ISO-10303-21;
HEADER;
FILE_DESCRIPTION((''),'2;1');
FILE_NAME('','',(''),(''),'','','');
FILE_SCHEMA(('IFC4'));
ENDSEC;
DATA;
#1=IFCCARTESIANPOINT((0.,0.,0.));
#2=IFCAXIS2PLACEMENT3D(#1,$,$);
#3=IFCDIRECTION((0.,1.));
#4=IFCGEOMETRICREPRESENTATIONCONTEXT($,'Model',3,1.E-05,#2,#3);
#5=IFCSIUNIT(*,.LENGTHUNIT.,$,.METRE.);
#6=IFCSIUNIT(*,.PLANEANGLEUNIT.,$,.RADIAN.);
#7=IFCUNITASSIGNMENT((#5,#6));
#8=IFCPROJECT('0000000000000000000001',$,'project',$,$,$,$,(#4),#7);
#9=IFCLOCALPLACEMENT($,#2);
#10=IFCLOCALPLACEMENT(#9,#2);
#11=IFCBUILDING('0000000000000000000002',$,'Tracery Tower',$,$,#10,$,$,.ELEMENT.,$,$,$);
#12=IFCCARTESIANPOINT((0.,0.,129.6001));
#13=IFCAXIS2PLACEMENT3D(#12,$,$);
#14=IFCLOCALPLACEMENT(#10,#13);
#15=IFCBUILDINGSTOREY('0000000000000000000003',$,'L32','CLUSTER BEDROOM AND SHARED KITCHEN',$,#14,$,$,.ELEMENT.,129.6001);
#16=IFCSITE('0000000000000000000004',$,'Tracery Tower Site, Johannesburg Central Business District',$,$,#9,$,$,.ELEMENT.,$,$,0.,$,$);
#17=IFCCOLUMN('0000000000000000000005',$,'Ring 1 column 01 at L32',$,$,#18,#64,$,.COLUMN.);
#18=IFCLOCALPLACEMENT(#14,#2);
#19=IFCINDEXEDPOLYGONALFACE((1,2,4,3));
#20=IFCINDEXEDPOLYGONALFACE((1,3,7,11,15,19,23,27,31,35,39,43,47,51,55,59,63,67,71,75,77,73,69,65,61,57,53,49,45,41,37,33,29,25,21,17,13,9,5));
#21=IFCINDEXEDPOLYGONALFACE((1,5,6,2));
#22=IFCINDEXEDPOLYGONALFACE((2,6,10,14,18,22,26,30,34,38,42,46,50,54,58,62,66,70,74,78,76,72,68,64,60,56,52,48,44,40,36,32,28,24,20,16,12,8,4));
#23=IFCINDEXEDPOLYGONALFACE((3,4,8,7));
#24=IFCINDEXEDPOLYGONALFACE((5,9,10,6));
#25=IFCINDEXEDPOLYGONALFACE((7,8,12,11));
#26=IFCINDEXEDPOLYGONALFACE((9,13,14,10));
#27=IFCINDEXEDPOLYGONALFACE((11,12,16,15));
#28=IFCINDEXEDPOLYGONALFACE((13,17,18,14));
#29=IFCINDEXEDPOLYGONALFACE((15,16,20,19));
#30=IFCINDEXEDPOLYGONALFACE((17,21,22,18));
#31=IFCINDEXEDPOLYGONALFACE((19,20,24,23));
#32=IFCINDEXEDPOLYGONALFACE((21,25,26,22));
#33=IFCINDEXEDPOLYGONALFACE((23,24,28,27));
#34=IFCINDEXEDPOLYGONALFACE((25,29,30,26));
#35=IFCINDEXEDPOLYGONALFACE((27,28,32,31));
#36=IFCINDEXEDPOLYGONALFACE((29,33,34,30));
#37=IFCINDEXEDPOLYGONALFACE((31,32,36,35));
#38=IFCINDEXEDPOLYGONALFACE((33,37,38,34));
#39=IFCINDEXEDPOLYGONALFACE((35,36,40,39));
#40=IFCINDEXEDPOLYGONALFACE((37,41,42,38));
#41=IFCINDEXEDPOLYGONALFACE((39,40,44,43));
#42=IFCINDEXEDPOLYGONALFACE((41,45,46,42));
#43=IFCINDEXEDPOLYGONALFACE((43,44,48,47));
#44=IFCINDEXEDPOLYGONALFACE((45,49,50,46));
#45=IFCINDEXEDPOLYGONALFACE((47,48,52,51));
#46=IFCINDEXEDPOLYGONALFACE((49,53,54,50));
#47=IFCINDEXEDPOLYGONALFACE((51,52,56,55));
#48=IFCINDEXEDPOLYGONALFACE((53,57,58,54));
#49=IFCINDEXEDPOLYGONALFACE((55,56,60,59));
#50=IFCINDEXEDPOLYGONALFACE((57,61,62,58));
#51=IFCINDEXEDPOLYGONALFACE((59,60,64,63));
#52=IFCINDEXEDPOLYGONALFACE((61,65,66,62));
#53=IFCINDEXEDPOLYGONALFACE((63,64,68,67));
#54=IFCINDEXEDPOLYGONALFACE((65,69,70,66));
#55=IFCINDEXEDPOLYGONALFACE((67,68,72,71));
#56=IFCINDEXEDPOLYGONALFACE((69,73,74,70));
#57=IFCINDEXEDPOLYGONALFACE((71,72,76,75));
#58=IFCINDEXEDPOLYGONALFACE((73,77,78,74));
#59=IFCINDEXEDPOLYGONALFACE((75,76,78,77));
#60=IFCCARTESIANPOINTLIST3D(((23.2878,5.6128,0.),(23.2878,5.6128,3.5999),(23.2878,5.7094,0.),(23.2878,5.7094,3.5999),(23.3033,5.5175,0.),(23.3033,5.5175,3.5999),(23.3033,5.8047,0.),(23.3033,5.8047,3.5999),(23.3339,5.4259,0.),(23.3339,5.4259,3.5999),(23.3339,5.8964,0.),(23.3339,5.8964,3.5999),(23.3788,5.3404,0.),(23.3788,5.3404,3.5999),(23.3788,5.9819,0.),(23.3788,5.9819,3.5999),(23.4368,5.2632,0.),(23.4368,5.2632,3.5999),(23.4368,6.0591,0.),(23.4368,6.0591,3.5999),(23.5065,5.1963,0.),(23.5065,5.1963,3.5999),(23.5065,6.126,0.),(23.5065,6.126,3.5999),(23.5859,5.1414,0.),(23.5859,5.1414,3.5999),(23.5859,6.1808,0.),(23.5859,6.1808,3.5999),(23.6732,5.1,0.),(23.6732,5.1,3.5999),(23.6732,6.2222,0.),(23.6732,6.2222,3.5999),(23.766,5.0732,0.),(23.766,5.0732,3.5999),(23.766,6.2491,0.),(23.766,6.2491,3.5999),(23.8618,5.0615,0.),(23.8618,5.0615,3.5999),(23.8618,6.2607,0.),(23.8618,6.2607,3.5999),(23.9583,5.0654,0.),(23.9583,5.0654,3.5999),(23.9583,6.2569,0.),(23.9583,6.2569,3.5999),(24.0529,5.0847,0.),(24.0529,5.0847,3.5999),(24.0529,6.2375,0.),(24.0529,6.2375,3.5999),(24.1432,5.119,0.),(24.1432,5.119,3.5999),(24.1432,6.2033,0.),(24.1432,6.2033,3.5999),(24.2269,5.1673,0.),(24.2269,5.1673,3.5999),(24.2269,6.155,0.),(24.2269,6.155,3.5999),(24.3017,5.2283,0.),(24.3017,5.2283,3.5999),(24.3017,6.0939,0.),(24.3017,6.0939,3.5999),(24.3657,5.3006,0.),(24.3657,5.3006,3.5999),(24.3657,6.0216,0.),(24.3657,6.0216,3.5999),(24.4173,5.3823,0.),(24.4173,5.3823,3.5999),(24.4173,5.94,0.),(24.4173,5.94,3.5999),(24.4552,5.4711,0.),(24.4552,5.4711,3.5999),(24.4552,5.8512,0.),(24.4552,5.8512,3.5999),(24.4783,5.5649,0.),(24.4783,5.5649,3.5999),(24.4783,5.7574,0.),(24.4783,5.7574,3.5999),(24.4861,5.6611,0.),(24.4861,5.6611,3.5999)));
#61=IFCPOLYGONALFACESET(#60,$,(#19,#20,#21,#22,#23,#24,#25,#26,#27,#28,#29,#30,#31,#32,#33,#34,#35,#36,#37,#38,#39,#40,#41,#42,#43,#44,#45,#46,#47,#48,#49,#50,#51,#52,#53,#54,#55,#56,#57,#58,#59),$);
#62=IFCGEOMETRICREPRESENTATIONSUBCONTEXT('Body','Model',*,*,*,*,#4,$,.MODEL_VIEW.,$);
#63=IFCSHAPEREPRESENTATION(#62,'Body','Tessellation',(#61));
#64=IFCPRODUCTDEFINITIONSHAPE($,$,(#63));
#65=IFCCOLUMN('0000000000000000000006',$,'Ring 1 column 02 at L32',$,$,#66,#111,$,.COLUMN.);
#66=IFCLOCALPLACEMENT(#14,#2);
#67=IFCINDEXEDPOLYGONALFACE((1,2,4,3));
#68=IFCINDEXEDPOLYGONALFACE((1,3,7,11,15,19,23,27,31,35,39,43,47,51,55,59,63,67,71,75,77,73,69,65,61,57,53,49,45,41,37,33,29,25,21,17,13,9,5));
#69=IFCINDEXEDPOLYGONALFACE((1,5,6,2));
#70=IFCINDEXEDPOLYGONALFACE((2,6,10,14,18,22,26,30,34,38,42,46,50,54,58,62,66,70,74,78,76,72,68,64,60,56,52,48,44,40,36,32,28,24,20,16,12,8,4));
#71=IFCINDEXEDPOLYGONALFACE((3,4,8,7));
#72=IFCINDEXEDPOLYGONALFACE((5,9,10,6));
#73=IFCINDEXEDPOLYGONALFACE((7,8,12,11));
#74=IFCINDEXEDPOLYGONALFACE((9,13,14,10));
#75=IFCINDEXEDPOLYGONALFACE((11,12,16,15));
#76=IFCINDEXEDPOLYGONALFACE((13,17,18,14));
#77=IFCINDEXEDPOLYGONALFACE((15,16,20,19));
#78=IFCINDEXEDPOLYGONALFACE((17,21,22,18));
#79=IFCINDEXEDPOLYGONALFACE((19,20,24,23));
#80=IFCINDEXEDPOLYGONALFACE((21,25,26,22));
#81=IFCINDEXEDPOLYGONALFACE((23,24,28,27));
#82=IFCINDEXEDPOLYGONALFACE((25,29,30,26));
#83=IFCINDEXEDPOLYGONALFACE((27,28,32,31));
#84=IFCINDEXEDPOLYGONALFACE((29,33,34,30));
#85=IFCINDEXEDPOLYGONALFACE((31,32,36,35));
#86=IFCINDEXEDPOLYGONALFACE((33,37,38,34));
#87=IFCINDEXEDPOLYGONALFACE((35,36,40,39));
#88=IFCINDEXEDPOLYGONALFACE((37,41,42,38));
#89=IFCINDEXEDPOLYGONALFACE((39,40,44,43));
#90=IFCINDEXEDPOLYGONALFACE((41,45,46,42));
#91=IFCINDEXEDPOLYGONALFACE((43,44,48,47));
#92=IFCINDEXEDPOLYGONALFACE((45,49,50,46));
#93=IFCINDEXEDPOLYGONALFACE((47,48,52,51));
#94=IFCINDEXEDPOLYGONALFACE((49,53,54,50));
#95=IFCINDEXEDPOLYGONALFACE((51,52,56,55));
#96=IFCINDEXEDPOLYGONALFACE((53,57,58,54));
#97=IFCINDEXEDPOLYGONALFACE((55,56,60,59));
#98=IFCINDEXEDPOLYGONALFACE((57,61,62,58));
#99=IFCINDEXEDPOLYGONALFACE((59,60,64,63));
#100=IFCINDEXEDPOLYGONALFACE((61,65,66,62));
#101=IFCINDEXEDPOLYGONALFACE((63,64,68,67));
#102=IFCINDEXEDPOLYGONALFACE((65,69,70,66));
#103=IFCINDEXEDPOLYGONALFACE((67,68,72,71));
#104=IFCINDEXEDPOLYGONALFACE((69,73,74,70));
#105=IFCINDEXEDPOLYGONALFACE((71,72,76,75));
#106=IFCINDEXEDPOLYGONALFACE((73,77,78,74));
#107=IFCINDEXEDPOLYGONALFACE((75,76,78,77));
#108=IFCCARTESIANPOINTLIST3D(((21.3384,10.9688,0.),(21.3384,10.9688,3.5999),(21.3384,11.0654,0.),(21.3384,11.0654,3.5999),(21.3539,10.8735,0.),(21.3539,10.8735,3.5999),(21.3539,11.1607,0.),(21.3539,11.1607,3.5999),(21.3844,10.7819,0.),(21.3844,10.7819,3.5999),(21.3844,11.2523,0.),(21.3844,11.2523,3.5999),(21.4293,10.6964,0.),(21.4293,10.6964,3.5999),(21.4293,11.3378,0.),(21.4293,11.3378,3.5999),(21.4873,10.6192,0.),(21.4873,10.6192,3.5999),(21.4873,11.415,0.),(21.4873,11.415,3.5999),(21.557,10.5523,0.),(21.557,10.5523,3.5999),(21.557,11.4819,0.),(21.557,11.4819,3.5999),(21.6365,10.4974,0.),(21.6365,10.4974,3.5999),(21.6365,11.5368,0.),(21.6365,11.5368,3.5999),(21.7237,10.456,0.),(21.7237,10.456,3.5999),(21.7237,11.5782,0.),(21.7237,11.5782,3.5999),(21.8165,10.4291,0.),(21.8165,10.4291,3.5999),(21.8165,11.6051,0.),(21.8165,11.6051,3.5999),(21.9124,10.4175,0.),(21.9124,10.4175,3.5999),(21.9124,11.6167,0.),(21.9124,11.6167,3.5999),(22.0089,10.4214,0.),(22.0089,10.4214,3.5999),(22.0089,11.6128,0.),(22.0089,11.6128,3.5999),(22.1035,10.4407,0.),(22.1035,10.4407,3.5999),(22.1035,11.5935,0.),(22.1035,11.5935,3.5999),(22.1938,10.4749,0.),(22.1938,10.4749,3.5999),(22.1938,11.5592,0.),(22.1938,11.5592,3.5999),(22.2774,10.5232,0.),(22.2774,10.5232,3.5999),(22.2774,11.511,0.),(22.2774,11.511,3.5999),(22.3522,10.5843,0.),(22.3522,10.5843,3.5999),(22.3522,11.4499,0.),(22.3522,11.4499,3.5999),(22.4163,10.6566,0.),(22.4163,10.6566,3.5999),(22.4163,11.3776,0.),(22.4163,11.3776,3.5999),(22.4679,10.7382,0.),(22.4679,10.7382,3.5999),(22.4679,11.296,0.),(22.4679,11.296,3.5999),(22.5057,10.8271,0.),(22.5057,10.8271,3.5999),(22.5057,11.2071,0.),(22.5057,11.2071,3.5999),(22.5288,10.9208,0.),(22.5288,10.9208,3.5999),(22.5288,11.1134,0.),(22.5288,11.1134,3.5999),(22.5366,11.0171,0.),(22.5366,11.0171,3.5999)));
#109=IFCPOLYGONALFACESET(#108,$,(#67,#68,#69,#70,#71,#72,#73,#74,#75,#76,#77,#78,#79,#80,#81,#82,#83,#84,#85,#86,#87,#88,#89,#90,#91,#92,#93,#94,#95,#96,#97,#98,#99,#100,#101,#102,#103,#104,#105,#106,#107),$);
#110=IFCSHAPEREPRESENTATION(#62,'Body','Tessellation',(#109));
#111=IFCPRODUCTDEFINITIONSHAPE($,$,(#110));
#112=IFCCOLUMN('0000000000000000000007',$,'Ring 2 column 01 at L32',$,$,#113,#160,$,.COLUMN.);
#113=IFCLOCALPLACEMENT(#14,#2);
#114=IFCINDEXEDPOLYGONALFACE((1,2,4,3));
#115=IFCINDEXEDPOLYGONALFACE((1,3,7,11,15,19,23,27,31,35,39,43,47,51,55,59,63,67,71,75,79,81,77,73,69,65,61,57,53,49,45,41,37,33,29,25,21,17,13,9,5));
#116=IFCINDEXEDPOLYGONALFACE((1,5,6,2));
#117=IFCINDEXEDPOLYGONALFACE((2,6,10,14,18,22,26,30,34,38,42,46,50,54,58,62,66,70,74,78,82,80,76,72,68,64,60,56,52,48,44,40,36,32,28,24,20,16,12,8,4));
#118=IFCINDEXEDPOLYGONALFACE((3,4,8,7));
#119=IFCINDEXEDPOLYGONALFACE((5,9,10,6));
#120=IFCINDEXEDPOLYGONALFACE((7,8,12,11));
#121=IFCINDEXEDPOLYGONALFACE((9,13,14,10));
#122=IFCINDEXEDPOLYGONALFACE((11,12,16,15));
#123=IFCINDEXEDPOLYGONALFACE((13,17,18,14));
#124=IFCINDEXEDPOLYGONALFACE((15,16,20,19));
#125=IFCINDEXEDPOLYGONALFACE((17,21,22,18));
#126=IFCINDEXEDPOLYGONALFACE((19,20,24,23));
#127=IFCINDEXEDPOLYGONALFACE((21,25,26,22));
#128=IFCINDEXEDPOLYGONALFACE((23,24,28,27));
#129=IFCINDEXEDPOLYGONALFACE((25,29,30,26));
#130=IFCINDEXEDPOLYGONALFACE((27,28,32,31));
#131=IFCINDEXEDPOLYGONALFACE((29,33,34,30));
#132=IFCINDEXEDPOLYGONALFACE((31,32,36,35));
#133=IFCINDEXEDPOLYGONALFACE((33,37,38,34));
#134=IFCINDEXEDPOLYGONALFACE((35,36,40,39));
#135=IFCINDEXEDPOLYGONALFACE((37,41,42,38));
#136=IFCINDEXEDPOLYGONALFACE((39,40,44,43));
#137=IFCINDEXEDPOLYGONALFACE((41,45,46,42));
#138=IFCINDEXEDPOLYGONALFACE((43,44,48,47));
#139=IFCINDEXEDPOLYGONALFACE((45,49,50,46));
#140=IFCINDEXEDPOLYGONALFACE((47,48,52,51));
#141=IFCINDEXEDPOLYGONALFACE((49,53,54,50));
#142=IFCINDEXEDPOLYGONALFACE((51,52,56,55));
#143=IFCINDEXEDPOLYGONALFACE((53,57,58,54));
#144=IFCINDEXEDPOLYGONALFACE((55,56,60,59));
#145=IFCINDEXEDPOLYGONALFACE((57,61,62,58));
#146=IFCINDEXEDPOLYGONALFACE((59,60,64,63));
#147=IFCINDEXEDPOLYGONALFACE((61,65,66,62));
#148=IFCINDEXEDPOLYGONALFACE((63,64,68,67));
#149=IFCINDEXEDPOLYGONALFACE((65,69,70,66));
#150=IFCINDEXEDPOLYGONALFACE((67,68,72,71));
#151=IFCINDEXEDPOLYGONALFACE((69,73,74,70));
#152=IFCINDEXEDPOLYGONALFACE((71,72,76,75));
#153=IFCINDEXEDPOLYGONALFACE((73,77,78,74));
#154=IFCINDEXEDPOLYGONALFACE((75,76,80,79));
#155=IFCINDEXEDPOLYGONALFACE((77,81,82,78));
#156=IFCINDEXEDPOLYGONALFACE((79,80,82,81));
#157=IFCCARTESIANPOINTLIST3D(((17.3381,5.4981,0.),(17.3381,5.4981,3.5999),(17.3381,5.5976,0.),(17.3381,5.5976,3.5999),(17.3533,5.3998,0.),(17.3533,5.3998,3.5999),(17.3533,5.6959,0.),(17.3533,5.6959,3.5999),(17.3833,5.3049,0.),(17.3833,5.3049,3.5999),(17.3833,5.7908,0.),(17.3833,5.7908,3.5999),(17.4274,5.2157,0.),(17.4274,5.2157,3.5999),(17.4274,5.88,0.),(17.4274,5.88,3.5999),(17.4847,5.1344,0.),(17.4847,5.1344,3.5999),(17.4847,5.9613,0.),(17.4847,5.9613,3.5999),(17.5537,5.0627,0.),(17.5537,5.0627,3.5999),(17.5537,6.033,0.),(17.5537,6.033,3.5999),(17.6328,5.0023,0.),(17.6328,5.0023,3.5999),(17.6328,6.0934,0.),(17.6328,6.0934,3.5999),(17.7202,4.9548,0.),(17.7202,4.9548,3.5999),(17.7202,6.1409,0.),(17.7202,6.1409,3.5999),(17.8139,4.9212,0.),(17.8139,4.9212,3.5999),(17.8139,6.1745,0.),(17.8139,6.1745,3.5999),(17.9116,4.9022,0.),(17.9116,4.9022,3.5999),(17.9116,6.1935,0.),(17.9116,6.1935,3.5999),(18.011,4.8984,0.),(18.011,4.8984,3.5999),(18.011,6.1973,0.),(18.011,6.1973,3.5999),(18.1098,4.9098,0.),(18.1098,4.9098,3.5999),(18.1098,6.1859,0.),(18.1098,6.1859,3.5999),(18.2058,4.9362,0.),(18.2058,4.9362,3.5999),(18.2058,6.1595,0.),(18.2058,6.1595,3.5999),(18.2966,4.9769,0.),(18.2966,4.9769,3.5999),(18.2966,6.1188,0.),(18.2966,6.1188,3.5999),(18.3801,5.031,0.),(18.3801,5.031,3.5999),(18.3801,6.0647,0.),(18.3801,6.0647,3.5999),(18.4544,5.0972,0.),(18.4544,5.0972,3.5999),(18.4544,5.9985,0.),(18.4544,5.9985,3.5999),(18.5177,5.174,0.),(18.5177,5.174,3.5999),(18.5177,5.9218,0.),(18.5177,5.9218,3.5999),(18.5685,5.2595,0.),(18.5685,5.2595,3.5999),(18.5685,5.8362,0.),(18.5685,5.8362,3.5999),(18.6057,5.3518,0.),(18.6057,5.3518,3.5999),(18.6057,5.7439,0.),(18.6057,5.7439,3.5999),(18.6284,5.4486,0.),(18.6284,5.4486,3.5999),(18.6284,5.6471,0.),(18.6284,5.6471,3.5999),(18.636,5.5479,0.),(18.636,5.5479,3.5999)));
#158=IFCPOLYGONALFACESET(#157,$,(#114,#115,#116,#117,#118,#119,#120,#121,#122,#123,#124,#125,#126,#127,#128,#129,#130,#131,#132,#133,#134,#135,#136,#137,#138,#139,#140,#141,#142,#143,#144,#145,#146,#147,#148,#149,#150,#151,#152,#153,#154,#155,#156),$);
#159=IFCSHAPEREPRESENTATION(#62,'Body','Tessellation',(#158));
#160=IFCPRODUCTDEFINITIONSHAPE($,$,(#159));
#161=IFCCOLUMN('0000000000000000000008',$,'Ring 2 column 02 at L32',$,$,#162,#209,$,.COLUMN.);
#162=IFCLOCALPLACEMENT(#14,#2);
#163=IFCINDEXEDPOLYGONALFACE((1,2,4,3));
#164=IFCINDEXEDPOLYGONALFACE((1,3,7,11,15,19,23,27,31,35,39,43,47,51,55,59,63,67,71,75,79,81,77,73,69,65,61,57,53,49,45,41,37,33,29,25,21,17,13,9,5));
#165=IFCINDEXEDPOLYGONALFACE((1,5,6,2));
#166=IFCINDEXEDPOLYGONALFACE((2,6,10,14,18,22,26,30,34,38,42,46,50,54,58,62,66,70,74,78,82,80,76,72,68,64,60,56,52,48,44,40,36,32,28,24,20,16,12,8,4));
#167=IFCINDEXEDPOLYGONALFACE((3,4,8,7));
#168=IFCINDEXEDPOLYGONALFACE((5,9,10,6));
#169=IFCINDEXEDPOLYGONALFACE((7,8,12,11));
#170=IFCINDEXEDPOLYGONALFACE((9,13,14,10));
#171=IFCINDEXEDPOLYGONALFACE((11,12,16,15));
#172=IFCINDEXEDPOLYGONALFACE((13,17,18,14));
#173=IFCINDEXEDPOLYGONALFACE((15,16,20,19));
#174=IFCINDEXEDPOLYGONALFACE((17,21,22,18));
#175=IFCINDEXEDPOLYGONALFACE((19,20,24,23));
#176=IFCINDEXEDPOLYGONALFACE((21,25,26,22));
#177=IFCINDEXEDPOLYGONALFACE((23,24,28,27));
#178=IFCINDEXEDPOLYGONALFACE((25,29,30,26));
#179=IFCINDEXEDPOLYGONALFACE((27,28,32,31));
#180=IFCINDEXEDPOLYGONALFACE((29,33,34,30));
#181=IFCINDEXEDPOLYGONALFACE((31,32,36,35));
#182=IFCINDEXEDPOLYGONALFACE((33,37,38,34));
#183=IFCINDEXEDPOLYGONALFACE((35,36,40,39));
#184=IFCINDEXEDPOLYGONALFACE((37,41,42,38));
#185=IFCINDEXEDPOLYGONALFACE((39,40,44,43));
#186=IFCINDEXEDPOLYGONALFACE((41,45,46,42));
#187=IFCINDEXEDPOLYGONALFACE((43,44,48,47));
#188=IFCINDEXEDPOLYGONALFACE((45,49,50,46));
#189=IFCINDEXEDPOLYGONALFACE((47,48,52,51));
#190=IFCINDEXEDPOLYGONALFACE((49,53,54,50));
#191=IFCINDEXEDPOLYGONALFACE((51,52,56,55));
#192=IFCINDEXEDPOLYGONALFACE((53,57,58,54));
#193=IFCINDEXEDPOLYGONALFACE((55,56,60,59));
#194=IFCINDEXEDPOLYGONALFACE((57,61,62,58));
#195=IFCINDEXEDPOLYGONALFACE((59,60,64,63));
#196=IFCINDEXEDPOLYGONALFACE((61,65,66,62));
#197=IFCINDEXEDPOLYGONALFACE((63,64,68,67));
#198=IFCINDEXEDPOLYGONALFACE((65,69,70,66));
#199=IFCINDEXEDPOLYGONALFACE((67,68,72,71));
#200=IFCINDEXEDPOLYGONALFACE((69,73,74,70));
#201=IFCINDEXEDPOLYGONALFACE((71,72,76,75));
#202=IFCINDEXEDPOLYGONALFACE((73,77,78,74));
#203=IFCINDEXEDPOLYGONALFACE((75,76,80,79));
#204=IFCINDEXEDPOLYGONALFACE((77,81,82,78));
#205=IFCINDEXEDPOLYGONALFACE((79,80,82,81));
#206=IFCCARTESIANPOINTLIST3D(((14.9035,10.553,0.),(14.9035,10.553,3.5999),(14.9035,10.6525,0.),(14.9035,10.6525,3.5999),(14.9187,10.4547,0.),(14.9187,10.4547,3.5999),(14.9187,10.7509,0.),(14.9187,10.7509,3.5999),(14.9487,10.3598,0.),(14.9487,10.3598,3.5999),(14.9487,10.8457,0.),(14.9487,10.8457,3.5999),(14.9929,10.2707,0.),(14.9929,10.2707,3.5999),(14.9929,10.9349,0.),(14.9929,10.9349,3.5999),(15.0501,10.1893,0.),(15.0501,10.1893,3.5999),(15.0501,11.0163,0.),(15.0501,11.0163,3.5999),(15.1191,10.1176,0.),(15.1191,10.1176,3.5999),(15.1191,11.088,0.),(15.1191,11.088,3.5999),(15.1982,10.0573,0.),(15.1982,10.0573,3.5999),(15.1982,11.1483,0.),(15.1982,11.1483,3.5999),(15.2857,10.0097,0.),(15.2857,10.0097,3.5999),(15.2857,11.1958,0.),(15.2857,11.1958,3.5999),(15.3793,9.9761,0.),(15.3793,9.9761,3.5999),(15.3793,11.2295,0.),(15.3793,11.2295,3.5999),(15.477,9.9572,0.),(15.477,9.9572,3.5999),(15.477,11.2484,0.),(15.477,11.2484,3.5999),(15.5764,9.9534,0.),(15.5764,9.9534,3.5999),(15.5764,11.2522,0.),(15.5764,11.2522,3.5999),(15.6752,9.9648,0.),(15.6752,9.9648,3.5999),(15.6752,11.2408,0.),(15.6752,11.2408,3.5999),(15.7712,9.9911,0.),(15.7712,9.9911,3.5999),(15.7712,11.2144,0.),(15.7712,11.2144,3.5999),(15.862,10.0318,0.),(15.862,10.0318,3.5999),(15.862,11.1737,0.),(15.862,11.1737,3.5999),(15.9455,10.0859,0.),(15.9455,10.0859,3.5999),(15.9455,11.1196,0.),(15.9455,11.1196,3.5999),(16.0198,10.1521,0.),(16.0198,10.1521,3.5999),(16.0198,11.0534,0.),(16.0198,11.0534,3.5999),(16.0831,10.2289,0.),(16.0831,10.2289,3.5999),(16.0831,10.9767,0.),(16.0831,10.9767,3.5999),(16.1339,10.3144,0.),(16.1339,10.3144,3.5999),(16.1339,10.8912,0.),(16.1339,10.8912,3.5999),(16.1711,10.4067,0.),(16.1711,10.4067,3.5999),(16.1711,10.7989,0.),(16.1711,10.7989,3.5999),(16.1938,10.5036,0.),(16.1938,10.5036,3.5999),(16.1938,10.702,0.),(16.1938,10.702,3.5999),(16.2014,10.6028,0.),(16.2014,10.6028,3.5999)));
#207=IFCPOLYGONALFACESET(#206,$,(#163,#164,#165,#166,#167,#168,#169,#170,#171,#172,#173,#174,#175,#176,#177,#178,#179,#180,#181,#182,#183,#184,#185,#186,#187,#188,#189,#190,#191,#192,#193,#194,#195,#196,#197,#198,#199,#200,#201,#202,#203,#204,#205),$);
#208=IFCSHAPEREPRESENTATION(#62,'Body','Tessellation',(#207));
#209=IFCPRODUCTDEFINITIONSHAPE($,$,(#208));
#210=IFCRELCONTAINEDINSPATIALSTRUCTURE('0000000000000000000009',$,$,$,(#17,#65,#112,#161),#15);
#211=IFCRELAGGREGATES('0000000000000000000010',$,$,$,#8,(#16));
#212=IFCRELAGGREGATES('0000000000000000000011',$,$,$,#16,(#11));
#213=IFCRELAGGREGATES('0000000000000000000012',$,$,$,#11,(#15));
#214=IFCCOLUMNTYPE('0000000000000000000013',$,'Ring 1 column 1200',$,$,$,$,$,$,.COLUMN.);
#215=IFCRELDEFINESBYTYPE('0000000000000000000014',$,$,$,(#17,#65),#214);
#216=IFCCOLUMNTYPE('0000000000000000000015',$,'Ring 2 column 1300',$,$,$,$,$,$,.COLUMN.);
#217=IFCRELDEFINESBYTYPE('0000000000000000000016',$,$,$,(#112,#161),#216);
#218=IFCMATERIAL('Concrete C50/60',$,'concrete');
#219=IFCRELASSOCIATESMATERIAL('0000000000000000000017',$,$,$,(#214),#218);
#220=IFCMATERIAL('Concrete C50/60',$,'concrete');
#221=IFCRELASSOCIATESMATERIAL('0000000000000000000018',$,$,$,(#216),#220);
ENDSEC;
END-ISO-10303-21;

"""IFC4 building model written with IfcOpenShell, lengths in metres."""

from ifc_helpers import new_model, si_unit, direction, frame, origin, origin_2d, place, context, subcontext, project, spatial, circle, extrude, material, material_profile, profile_set, type_object, element, save


model = new_model("IFC4")

# Units and contexts
model_context = context("Model", 3, precision=1e-05, world=origin(), true_north=direction((0.0, 1.0)))
body_context = subcontext(model_context, "Body", "Model", "MODEL_VIEW")
ifc_project = project(units=[si_unit("LENGTHUNIT", "METRE"), si_unit("PLANEANGLEUNIT", "RADIAN")], contexts=[model_context])

# Site, building, storey
site_placement = place(None, origin())
site = spatial("IfcSite", under=ifc_project, at=site_placement, Name="Tracery Tower Site, Johannesburg Central Business District", CompositionType="ELEMENT", RefElevation=0.0)
building_placement = place(site_placement, origin())
building = spatial("IfcBuilding", under=site, at=building_placement, Name="Tracery Tower", CompositionType="ELEMENT")
storey_placement = place(building_placement, frame((0.0, 0.0, 129.6001)))
storey = spatial("IfcBuildingStorey", under=building, at=storey_placement, Name="L32", Description="CLUSTER BEDROOM AND SHARED KITCHEN", CompositionType="ELEMENT", Elevation=129.6001)

# Columns
ifc_material_1 = material(Name="Concrete C50/60", Category="concrete")
ifc_material_profile_1 = material_profile(ifc_material_1, circle(Radius=0.6001, at=origin_2d()), Name="RC D1200")
ifc_profile_set_1 = profile_set([ifc_material_profile_1], Name="Concrete C50/60")
column_type_1 = type_object("IfcColumnType", Name="Ring 1 column 1200", PredefinedType="COLUMN", material=ifc_profile_set_1)
for number, where, z_axis, x_axis, name in (
    (1, (23.886, 5.6611, 0.0), (0.0, 0.0, 1.0), (1.0, 0.0, 0.0), "Ring 1 column 01 at L32"),
    (2, (21.9365, 11.0171, 0.0), (0.0, 0.0, 1.0), (1.0, 0.0, 0.0), "Ring 1 column 02 at L32"),
):
    element("IfcColumn", number, at=place(storey_placement, frame(where, z_axis=z_axis, x_axis=x_axis)), inside=storey, type_object=column_type_1, Name=name, PredefinedType="COLUMN", context=body_context, shape_type="SweptSolid", body=[
        extrude(circle(Radius=0.6001, at=origin_2d()), origin(), (0.0, 0.0, 1.0), 3.5999),
    ])
ifc_material_2 = material(Name="Concrete C50/60", Category="concrete")
ifc_material_profile_2 = material_profile(ifc_material_2, circle(Radius=0.6499, at=origin_2d()), Name="RC D1300")
ifc_profile_set_2 = profile_set([ifc_material_profile_2], Name="Concrete C50/60")
column_type_2 = type_object("IfcColumnType", Name="Ring 2 column 1300", PredefinedType="COLUMN", material=ifc_profile_set_2)
for number, where, z_axis, x_axis, name in (
    (3, (17.9861, 5.5479, 0.0), (0.0, 0.0, 1.0), (1.0, 0.0, 0.0), "Ring 2 column 01 at L32"),
    (4, (15.5515, 10.6028, 0.0), (0.0, 0.0, 1.0), (1.0, 0.0, 0.0), "Ring 2 column 02 at L32"),
):
    element("IfcColumn", number, at=place(storey_placement, frame(where, z_axis=z_axis, x_axis=x_axis)), inside=storey, type_object=column_type_2, Name=name, PredefinedType="COLUMN", context=body_context, shape_type="SweptSolid", body=[
        extrude(circle(Radius=0.6499, at=origin_2d()), origin(), (0.0, 0.0, 1.0), 3.5999),
    ])

save(model, "model.ifc")
